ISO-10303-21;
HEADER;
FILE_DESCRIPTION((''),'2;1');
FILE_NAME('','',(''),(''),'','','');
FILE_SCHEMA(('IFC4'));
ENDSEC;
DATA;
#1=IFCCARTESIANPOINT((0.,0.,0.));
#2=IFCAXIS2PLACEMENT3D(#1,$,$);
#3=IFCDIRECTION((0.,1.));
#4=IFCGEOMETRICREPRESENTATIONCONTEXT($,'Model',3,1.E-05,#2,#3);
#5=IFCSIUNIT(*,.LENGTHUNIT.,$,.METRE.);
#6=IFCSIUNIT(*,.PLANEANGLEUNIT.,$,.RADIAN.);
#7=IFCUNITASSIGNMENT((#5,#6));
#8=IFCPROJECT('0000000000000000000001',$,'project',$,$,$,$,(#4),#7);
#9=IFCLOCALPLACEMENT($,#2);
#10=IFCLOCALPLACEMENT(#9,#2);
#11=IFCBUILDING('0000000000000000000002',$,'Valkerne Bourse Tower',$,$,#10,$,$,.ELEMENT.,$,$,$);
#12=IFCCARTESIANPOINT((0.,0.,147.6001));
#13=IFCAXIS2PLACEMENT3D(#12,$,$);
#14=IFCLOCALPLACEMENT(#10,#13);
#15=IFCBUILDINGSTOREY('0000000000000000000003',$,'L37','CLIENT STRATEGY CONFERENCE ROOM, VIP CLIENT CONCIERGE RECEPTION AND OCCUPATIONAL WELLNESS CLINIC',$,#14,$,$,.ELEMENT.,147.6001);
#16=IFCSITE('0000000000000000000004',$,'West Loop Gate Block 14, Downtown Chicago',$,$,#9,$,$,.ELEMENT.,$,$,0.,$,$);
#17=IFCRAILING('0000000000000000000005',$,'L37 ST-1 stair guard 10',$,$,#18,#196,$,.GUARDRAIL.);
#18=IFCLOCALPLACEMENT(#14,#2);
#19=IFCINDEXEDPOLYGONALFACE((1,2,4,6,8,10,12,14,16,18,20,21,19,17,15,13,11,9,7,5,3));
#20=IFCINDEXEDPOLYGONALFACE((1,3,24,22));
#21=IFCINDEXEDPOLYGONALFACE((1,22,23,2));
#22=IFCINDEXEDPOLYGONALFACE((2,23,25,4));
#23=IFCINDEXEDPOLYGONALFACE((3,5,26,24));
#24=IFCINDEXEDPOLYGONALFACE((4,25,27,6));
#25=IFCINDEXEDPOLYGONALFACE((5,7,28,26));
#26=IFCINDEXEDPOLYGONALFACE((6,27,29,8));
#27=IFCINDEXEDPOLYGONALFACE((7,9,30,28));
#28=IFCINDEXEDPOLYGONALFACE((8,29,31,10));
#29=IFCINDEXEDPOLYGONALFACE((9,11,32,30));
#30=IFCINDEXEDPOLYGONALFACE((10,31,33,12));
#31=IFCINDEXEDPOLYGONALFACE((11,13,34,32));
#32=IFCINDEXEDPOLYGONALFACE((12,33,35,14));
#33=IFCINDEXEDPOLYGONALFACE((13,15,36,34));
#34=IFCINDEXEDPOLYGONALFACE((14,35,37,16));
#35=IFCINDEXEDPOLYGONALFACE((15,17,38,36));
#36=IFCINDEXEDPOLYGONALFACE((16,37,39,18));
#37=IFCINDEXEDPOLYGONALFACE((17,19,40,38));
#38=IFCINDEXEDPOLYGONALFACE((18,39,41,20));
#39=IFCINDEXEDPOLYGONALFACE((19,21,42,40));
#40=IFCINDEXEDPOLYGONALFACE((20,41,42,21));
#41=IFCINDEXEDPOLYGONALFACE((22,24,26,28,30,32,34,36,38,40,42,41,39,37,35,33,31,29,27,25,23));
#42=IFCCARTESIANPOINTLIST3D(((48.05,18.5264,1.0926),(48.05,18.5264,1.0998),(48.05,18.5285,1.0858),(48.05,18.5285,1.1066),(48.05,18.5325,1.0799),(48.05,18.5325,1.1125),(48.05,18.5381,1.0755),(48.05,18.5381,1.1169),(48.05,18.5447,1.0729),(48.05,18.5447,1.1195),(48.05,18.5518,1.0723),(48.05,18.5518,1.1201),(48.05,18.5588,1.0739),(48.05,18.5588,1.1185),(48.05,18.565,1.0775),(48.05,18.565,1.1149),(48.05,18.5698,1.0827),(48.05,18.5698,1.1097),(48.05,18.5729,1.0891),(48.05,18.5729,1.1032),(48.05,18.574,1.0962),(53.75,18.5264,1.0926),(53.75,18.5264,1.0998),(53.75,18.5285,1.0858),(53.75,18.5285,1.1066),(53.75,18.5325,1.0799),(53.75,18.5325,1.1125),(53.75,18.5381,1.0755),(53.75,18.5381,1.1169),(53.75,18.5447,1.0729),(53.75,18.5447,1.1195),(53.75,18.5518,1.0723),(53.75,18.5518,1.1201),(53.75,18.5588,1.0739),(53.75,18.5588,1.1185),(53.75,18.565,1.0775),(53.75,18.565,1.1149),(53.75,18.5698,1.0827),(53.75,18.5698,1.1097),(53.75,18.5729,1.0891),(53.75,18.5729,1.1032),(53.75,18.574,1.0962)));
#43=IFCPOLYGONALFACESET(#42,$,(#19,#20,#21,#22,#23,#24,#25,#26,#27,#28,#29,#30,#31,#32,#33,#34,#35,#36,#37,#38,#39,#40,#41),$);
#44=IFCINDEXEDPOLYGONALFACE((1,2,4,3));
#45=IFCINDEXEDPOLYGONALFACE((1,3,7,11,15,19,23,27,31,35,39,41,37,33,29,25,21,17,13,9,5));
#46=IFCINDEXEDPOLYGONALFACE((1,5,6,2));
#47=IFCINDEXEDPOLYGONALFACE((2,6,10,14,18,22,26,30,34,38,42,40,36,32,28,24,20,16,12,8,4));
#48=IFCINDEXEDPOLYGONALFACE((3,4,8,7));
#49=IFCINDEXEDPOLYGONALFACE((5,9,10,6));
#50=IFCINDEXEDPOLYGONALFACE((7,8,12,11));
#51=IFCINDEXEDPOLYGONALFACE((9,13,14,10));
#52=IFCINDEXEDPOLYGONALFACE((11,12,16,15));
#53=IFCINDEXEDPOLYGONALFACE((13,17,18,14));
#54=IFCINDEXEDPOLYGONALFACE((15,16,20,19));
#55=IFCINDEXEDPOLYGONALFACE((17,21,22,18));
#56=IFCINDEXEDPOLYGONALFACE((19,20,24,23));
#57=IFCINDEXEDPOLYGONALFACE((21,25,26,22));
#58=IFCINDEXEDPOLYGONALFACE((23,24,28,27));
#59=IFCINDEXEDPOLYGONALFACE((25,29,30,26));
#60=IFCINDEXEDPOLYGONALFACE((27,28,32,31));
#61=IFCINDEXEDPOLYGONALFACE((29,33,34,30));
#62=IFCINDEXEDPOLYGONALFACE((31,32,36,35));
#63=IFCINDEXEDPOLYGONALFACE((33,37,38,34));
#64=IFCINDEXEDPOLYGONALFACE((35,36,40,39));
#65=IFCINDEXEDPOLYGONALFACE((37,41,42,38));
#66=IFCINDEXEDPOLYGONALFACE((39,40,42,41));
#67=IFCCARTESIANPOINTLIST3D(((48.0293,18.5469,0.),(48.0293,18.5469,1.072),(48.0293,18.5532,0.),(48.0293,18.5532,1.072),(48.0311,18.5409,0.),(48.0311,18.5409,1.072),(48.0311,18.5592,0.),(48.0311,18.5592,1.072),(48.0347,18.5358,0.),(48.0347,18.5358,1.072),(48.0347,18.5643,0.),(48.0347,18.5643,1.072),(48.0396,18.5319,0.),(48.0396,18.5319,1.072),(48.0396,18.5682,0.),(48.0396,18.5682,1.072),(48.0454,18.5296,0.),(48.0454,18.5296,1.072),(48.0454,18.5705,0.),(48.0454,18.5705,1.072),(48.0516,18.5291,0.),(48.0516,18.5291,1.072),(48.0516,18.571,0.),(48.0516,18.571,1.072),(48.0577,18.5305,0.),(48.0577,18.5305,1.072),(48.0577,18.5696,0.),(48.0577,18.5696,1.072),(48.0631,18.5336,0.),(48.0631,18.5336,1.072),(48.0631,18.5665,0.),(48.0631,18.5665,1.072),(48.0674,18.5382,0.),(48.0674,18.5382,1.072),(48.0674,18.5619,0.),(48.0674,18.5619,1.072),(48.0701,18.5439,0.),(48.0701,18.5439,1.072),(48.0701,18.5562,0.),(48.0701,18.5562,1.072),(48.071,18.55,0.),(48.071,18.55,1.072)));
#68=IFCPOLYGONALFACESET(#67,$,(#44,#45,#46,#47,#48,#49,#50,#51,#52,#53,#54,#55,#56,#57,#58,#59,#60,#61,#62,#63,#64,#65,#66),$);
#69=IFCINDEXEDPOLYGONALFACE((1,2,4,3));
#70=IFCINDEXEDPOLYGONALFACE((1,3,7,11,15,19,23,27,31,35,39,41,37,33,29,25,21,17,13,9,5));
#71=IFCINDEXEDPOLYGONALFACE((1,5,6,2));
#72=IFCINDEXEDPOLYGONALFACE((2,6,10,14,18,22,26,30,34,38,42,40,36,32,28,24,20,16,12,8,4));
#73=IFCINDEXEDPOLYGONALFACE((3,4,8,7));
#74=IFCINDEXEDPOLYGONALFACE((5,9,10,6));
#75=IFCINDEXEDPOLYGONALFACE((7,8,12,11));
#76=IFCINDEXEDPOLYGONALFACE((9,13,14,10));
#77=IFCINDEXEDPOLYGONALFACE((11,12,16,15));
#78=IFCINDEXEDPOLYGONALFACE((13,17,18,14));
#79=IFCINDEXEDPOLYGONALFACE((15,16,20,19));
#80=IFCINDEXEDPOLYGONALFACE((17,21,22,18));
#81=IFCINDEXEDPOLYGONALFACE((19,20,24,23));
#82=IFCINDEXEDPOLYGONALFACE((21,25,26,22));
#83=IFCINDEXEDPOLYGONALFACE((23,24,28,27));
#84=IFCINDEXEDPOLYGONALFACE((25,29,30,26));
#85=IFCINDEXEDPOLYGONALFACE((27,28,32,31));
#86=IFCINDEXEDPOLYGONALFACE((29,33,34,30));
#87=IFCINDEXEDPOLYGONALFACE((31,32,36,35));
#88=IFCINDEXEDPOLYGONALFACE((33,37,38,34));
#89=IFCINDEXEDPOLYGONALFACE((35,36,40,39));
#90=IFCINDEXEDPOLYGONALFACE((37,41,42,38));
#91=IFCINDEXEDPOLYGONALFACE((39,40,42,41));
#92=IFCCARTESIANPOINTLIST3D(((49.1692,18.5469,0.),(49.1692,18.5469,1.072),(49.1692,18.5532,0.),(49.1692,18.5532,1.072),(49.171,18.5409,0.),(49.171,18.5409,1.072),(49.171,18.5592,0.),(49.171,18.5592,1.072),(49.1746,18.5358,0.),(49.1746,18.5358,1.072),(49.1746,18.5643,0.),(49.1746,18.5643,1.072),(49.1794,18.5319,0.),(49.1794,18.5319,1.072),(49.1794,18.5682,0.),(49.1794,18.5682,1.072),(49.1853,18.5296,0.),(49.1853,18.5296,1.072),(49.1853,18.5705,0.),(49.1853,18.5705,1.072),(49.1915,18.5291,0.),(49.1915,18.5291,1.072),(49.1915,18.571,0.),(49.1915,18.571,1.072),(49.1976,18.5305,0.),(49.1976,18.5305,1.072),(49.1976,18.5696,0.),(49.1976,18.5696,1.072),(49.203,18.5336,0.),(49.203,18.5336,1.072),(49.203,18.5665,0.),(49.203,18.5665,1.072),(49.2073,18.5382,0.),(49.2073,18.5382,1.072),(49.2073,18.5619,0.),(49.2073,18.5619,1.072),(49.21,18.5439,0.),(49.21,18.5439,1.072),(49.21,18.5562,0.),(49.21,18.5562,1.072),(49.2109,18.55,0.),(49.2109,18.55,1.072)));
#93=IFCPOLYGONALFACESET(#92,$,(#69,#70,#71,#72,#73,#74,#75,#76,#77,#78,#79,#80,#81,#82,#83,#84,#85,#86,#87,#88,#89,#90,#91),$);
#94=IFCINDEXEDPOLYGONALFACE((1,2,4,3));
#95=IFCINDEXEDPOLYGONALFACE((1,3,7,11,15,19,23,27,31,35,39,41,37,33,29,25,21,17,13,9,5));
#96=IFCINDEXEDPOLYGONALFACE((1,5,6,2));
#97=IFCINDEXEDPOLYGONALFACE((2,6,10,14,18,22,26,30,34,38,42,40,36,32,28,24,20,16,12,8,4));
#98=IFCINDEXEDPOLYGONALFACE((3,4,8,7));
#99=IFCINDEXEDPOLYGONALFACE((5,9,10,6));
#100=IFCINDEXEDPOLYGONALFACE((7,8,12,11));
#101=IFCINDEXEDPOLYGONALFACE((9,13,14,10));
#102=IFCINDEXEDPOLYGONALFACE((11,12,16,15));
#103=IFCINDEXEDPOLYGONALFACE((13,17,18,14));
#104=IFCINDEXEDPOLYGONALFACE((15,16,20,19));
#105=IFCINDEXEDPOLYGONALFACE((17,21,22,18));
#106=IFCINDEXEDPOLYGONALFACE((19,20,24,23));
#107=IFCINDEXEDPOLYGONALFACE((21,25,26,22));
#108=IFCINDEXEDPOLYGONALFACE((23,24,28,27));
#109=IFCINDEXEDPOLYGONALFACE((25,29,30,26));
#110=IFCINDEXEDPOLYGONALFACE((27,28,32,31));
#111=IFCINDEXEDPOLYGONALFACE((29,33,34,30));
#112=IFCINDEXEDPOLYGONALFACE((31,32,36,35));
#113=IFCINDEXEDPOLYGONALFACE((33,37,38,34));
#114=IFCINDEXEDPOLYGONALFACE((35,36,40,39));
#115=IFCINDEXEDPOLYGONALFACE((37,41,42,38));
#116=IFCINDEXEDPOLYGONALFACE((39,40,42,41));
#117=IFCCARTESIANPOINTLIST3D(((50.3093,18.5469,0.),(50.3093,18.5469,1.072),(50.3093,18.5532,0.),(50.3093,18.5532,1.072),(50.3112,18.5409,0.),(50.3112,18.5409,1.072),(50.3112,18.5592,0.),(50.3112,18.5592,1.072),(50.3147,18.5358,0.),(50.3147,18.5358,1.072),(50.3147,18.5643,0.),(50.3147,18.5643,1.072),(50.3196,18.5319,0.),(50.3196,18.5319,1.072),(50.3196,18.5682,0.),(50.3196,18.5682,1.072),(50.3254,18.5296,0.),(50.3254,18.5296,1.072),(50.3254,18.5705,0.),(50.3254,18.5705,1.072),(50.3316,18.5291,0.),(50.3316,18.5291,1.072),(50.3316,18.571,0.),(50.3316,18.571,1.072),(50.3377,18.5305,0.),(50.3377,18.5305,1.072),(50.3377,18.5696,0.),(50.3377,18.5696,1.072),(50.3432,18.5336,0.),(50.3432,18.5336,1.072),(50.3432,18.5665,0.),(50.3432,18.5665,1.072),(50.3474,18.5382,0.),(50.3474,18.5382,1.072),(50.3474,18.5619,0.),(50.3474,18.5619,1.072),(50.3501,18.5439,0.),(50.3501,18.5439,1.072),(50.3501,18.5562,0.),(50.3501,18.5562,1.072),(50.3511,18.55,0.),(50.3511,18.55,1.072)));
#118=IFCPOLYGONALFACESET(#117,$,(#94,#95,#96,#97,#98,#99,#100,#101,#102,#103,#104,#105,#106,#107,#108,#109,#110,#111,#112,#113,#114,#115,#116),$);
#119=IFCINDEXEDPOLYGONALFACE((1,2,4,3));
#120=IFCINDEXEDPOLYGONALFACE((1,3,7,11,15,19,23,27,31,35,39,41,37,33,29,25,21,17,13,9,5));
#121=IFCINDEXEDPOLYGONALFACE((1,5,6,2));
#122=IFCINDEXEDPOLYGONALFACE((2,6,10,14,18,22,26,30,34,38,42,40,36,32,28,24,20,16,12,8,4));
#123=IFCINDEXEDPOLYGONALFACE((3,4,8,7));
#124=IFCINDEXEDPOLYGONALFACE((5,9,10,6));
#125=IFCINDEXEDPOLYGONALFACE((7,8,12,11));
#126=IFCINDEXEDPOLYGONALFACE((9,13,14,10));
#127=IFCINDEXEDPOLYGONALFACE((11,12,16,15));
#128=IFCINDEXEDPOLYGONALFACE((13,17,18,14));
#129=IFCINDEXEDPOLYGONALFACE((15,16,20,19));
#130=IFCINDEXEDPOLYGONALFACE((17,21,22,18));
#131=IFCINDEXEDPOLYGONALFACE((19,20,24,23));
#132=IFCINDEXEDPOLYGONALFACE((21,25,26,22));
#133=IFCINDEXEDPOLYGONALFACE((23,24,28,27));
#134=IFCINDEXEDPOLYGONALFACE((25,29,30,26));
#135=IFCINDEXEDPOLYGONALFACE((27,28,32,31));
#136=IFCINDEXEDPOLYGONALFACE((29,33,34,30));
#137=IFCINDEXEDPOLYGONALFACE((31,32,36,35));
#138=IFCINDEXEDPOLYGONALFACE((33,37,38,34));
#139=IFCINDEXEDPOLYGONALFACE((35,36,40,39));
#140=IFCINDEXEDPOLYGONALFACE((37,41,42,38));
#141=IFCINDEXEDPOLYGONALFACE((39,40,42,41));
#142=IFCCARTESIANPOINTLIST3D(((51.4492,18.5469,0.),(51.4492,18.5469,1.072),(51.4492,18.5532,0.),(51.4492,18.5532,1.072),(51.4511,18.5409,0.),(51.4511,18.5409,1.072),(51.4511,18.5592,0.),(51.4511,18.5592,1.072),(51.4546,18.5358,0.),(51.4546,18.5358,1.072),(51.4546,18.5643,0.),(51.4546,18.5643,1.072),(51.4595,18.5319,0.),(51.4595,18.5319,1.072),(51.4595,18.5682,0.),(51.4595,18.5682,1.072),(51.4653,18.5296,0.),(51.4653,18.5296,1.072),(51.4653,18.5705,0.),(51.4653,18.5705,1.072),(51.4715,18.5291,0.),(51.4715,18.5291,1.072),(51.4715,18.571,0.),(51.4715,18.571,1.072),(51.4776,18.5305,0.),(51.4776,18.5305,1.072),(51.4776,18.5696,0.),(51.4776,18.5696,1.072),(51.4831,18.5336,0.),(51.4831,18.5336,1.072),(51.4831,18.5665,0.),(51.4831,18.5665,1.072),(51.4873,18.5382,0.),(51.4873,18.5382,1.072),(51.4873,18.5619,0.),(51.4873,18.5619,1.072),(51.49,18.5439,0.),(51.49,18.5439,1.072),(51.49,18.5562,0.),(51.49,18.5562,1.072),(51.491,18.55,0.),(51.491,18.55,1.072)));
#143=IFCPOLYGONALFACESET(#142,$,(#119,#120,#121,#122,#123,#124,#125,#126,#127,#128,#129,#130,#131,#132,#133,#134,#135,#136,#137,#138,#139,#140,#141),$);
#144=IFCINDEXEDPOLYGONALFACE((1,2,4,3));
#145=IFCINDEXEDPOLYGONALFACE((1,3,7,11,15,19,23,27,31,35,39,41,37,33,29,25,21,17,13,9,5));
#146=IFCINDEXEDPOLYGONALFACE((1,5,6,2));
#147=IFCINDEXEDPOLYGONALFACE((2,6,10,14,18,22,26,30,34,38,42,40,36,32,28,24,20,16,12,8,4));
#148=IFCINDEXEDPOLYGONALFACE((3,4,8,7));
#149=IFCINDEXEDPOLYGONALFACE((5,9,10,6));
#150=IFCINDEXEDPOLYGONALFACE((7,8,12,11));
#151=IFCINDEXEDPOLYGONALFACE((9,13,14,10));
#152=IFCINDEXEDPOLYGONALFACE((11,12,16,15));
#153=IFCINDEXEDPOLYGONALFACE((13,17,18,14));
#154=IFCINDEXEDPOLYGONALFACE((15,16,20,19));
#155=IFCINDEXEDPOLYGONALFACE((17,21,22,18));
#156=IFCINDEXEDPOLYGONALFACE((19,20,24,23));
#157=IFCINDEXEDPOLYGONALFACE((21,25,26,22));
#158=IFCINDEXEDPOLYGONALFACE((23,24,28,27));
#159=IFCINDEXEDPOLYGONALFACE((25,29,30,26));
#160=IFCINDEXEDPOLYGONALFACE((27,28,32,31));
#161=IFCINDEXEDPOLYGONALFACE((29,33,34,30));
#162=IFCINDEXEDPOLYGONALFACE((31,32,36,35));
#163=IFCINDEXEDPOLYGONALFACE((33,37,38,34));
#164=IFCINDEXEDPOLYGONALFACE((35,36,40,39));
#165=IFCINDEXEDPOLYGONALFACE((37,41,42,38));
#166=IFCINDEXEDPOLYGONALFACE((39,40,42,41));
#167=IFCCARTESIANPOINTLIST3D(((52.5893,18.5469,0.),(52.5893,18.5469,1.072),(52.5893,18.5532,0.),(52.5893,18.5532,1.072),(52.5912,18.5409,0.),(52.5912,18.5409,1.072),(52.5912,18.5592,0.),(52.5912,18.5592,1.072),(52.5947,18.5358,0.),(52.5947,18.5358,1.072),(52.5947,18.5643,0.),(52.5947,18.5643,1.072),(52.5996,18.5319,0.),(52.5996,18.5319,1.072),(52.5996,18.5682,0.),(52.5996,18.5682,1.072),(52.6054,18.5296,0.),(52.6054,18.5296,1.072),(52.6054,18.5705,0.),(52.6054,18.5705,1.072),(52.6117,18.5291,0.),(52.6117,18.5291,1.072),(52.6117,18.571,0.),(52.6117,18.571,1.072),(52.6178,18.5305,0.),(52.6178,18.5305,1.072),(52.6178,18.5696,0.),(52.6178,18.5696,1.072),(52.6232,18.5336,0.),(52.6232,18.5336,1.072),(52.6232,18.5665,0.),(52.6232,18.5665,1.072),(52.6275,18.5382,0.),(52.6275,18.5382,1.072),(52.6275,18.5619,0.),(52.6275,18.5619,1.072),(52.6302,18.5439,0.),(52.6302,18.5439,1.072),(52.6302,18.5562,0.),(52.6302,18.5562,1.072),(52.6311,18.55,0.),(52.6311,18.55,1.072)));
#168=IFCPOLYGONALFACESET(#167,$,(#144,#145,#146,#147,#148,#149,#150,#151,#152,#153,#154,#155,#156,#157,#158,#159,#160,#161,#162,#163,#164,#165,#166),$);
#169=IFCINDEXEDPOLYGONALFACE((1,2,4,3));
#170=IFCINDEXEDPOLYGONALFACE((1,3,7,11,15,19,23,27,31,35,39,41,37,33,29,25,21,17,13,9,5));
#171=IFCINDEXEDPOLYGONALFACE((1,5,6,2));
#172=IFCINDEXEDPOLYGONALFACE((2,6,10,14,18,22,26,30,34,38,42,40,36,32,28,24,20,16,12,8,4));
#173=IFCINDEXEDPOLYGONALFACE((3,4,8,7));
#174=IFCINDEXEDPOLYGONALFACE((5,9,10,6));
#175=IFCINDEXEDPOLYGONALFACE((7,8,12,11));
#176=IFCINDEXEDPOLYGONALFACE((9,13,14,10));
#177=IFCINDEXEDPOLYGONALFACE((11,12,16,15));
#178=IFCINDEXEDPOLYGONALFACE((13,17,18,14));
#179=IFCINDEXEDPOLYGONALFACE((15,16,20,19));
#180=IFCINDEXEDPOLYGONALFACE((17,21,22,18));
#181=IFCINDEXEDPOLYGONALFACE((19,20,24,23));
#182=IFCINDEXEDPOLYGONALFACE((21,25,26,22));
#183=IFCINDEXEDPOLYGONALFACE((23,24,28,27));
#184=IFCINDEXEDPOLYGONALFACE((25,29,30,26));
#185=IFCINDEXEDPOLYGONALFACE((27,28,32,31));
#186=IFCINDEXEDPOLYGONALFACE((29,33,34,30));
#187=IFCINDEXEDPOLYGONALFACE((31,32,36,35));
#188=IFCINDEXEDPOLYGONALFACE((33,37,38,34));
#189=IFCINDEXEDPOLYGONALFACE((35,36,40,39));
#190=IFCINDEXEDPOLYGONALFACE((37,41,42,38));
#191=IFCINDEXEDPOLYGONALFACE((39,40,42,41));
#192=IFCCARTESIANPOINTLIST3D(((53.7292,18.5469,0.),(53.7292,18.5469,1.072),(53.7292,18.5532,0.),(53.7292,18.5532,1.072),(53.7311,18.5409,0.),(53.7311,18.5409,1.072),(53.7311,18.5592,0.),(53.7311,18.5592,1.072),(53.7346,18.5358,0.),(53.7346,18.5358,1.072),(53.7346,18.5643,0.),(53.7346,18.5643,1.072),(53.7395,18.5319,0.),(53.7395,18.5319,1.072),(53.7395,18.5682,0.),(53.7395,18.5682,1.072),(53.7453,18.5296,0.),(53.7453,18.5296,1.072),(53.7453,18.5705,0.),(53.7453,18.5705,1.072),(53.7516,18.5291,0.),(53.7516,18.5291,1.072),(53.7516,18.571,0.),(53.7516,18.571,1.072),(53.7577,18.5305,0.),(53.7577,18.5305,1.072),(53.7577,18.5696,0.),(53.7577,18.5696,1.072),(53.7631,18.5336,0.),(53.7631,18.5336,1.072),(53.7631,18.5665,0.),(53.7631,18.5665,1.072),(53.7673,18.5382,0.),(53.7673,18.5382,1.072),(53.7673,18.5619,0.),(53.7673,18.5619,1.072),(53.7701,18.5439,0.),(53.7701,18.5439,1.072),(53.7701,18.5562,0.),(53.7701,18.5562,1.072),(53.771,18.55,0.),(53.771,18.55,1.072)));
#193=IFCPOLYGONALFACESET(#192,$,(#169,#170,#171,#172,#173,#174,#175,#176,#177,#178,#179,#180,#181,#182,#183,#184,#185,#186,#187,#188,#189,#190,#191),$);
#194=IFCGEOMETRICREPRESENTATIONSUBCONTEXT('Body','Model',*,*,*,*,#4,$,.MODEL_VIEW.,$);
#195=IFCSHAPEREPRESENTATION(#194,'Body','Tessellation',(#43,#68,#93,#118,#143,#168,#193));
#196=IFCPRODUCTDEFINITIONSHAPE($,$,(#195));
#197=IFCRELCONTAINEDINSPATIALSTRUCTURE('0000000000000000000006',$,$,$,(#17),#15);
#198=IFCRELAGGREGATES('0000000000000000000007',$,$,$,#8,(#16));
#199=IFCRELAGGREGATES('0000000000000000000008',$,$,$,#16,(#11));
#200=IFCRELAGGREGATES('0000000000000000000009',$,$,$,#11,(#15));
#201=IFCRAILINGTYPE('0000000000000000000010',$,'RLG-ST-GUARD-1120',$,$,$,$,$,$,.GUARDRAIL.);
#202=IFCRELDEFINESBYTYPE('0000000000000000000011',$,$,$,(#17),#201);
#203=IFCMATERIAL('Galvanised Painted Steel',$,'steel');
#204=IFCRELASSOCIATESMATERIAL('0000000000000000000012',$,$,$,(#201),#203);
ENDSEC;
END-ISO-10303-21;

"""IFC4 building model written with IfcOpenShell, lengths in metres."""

from ifc_helpers import new_model, si_unit, direction, frame, origin, origin_2d, place, context, subcontext, project, spatial, circle, extrude, material, type_object, element, save


model = new_model("IFC4")

# Units and contexts
model_context = context("Model", 3, precision=1e-05, world=origin(), true_north=direction((0.0, 1.0)))
body_context = subcontext(model_context, "Body", "Model", "MODEL_VIEW")
ifc_project = project(units=[si_unit("LENGTHUNIT", "METRE"), si_unit("PLANEANGLEUNIT", "RADIAN")], contexts=[model_context])

# Site, building, storey
site_placement = place(None, origin())
site = spatial("IfcSite", under=ifc_project, at=site_placement, Name="West Loop Gate Block 14, Downtown Chicago", CompositionType="ELEMENT", RefElevation=0.0)
building_placement = place(site_placement, origin())
building = spatial("IfcBuilding", under=site, at=building_placement, Name="Valkerne Bourse Tower", CompositionType="ELEMENT")
storey_placement = place(building_placement, frame((0.0, 0.0, 147.6001)))
storey = spatial("IfcBuildingStorey", under=building, at=storey_placement, Name="L37", Description="CLIENT STRATEGY CONFERENCE ROOM, VIP CLIENT CONCIERGE RECEPTION AND OCCUPATIONAL WELLNESS CLINIC", CompositionType="ELEMENT", Elevation=147.6001)

# Shared definitions
ifc_material_1 = material(Name="Galvanised Painted Steel", Category="steel")

# Railing
railing_type_1 = type_object("IfcRailingType", Name="RLG-ST-GUARD-1120", PredefinedType="GUARDRAIL", material=ifc_material_1)
for number, where, name in (
    (1, (48.05, 18.55, 0.0), "L37 ST-1 stair guard 10"),
):
    element("IfcRailing", number, at=place(storey_placement, frame(where)), inside=storey, type_object=railing_type_1, Name=name, PredefinedType="GUARDRAIL", context=body_context, shape_type="SweptSolid", body=[
        extrude(circle(Radius=0.0239, at=origin_2d()), frame((0.0, 0.0, 1.0962), z_axis=(1.0, 0.0, 0.0), x_axis=(0.0, 1.0, 0.0)), (0.0, 0.0, 1.0), 5.7),
        extrude(circle(Radius=0.021, at=origin_2d()), origin(), (0.0, 0.0, 1.0), 1.072),
        extrude(circle(Radius=0.021, at=origin_2d()), frame((1.1399, 0.0, 0.0)), (0.0, 0.0, 1.0), 1.072),
        extrude(circle(Radius=0.021, at=origin_2d()), frame((2.28, 0.0, 0.0)), (0.0, 0.0, 1.0), 1.072),
        extrude(circle(Radius=0.021, at=origin_2d()), frame((3.4199, 0.0, 0.0)), (0.0, 0.0, 1.0), 1.072),
        extrude(circle(Radius=0.021, at=origin_2d()), frame((4.5601, 0.0, 0.0)), (0.0, 0.0, 1.0), 1.072),
        extrude(circle(Radius=0.021, at=origin_2d()), frame((5.7, 0.0, 0.0)), (0.0, 0.0, 1.0), 1.072),
    ])

save(model, "model.ifc")
